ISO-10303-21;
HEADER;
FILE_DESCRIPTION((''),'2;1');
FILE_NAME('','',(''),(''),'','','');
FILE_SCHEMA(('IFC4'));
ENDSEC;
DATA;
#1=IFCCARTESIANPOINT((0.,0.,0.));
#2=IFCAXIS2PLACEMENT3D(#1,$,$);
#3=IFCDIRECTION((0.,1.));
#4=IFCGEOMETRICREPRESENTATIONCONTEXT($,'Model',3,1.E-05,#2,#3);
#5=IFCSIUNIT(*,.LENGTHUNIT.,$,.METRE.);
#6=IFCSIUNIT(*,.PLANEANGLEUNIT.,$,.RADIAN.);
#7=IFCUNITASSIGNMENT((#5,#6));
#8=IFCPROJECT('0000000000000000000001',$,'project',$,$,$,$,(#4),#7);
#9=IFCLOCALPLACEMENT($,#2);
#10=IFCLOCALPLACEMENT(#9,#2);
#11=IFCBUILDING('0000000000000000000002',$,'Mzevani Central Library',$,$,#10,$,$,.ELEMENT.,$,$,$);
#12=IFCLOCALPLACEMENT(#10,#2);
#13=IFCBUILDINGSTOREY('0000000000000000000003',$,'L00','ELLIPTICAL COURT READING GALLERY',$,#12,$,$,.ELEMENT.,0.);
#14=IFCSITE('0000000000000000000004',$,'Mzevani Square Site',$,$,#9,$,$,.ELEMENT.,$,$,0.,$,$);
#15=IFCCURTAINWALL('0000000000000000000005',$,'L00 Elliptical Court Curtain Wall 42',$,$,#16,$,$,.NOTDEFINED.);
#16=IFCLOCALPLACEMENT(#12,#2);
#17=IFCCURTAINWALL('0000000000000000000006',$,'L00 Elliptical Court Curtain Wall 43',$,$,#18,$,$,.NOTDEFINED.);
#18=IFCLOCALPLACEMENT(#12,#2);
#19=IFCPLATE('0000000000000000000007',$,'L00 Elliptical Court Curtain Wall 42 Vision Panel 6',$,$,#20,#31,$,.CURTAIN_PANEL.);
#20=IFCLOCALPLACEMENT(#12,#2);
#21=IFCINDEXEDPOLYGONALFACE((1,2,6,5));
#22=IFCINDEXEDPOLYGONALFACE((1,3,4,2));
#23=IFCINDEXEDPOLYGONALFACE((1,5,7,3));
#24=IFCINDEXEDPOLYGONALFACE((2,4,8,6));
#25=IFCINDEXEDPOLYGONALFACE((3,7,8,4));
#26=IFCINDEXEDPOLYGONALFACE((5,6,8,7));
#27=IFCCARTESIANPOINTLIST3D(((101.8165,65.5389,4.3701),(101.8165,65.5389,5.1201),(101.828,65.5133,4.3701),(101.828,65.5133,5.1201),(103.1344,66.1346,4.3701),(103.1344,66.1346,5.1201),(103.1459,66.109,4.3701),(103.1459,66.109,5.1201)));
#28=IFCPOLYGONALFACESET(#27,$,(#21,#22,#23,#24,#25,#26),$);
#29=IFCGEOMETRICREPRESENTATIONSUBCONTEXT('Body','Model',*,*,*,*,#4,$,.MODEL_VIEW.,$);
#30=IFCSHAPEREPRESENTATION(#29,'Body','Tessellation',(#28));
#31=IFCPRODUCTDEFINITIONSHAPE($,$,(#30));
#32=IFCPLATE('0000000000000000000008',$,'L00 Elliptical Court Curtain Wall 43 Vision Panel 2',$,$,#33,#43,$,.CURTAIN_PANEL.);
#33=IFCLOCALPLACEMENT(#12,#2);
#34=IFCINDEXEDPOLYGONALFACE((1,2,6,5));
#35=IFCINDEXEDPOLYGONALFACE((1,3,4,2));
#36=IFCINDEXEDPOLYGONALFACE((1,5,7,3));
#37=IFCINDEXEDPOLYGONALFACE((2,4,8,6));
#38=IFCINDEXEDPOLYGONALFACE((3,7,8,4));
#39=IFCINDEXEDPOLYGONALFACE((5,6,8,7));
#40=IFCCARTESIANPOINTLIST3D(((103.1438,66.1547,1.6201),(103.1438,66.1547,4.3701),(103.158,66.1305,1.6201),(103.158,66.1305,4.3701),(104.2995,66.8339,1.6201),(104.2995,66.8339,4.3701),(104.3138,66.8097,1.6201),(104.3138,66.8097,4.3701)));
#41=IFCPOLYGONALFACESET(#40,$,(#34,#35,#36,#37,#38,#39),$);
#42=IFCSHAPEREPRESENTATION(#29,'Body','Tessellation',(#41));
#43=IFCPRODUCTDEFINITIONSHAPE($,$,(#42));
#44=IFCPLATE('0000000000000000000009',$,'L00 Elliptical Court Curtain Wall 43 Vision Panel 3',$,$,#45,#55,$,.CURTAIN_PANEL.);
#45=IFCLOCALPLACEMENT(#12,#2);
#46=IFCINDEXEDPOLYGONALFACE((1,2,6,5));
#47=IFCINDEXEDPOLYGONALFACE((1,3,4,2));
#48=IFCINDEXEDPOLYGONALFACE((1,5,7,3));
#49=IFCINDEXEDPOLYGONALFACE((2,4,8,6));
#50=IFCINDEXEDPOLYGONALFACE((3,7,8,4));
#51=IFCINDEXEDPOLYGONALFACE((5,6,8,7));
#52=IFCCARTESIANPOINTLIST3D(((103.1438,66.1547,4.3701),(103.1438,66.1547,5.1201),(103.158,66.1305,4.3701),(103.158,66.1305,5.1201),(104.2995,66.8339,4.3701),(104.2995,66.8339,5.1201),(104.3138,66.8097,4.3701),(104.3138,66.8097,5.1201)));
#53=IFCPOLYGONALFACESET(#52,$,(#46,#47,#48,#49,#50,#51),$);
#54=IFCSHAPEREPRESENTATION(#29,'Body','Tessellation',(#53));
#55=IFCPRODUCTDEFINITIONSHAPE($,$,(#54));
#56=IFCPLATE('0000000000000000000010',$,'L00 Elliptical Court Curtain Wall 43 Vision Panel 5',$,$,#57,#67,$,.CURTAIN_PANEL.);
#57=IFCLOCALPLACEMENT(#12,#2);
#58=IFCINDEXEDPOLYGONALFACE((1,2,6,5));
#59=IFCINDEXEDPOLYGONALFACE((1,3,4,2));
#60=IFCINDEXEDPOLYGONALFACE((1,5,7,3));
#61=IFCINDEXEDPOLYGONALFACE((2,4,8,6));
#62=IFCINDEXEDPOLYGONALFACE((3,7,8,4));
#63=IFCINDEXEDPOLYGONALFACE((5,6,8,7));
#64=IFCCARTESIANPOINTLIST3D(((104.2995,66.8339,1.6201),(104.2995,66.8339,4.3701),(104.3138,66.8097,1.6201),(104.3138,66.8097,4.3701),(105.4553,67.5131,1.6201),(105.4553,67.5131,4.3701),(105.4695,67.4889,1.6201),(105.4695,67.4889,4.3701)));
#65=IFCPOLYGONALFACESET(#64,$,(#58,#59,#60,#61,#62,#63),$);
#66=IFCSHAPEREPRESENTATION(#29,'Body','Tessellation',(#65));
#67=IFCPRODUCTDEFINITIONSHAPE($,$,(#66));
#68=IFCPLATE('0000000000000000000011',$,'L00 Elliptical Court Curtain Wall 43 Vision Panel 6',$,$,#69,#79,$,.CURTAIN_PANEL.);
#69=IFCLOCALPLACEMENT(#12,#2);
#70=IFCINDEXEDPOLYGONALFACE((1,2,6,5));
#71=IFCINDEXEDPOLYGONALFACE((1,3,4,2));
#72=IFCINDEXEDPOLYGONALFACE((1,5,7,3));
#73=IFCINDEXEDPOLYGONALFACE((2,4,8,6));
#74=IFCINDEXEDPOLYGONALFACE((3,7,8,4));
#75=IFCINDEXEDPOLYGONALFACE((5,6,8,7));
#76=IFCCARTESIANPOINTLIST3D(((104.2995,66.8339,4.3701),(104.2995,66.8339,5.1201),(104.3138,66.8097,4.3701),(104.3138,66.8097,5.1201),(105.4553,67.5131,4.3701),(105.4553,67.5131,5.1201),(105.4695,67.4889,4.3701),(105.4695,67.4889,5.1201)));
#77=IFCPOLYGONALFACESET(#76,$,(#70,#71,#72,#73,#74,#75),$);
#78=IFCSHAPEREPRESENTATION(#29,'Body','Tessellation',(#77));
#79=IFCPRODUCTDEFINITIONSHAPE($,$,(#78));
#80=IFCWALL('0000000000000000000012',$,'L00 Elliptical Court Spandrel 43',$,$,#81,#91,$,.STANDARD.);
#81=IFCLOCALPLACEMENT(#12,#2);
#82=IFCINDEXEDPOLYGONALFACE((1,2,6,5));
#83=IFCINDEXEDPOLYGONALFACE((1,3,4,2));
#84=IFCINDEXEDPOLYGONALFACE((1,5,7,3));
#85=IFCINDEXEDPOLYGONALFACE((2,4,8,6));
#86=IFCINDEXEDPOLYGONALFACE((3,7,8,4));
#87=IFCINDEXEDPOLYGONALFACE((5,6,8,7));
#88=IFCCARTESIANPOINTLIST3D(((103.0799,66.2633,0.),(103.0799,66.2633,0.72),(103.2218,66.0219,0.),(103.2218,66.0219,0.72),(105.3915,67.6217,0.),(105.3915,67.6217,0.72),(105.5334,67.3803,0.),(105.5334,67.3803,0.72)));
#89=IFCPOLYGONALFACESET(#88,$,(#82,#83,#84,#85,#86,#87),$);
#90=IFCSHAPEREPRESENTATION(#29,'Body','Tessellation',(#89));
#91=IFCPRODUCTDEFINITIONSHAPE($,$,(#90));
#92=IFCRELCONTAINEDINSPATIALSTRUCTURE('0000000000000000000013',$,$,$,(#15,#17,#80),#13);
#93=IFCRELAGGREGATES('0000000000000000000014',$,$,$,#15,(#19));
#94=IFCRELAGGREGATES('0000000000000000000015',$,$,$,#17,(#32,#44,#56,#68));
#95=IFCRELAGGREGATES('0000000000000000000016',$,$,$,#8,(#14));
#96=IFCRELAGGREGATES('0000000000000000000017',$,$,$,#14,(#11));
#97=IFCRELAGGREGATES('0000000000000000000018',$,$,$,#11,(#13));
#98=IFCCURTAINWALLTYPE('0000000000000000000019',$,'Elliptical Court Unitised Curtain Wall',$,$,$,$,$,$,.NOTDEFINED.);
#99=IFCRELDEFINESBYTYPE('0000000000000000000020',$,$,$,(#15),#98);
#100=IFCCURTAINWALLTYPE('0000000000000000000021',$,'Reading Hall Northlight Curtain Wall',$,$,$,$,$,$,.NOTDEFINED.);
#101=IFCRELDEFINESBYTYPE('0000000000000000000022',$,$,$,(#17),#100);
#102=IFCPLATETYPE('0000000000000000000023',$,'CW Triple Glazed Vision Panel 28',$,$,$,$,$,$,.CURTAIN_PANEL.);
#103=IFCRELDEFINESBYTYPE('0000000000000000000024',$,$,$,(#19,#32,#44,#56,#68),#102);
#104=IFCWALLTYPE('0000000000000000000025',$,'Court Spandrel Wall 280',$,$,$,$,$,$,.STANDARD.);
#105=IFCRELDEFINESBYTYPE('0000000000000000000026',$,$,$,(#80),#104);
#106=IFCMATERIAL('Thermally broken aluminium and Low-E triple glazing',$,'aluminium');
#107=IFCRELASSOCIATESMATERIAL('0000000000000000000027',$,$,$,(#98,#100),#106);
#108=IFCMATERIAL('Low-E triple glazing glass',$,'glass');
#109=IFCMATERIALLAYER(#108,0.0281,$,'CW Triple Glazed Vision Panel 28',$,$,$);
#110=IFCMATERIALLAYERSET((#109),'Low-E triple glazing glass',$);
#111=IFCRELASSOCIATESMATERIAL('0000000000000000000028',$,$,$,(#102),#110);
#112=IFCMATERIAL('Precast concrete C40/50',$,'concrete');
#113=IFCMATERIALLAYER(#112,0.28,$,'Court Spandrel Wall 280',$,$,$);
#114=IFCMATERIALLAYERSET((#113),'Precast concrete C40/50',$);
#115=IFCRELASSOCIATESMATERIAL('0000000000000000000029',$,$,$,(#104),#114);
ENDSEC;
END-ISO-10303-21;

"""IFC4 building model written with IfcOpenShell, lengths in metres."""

from ifc_helpers import new_model, si_unit, direction, frame, frame_2d, origin, origin_2d, place, context, subcontext, project, spatial, rectangle, extrude, material, layer, layer_set, type_object, element, aggregate, save


model = new_model("IFC4")

# Units and contexts
model_context = context("Model", 3, precision=1e-05, world=origin(), true_north=direction((0.0, 1.0)))
body_context = subcontext(model_context, "Body", "Model", "MODEL_VIEW")
ifc_project = project(units=[si_unit("LENGTHUNIT", "METRE"), si_unit("PLANEANGLEUNIT", "RADIAN")], contexts=[model_context])

# Site, building, storey
site_placement = place(None, origin())
site = spatial("IfcSite", under=ifc_project, at=site_placement, Name="Mzevani Square Site", CompositionType="ELEMENT", RefElevation=0.0)
building_placement = place(site_placement, origin())
building = spatial("IfcBuilding", under=site, at=building_placement, Name="Mzevani Central Library", CompositionType="ELEMENT")
storey_placement = place(building_placement, origin())
storey = spatial("IfcBuildingStorey", under=building, at=storey_placement, Name="L00", Description="ELLIPTICAL COURT READING GALLERY", CompositionType="ELEMENT", Elevation=0.0)

# Curtain walls
ifc_material_1 = material(Name="Thermally broken aluminium and Low-E triple glazing", Category="aluminium")
curtain_wall_type_1 = type_object("IfcCurtainWallType", Name="Elliptical Court Unitised Curtain Wall", PredefinedType="NOTDEFINED", material=ifc_material_1)
curtain_wall_1_placement = place(storey_placement, origin())
curtain_wall_1 = element("IfcCurtainWall", 1, at=curtain_wall_1_placement, inside=storey, type_object=curtain_wall_type_1, Name="L00 Elliptical Court Curtain Wall 42", PredefinedType="NOTDEFINED")
curtain_wall_type_2 = type_object("IfcCurtainWallType", Name="Reading Hall Northlight Curtain Wall", PredefinedType="NOTDEFINED", material=ifc_material_1)
curtain_wall_2_placement = place(storey_placement, origin())
curtain_wall_2 = element("IfcCurtainWall", 2, at=curtain_wall_2_placement, inside=storey, type_object=curtain_wall_type_2, Name="L00 Elliptical Court Curtain Wall 43", PredefinedType="NOTDEFINED")

# Plates
ifc_material_2 = material(Name="Low-E triple glazing glass", Category="glass")
ifc_layer_1 = layer(ifc_material_2, 0.0281, Name="CW Triple Glazed Vision Panel 28")
ifc_layer_set_1 = layer_set([ifc_layer_1], Name="Low-E triple glazing glass")
plate_type_1 = type_object("IfcPlateType", Name="CW Triple Glazed Vision Panel 28", PredefinedType="CURTAIN_PANEL", material=ifc_layer_set_1)
plate_1_placement = place(storey_placement, frame((102.4812, 65.824, 4.3701), z_axis=(0.0, 0.0, 1.0), x_axis=(0.911237, 0.411882, 0.0)))
plate_1 = element("IfcPlate", 3, at=plate_1_placement, type_object=plate_type_1, Name="L00 Elliptical Court Curtain Wall 42 Vision Panel 6", PredefinedType="CURTAIN_PANEL", context=body_context, shape_type="SweptSolid", body=[
    extrude(rectangle(XDim=1.4463, YDim=0.0281, at=origin_2d()), origin(), (0.0, 0.0, 1.0), 0.75),
])
aggregate(curtain_wall_1, [plate_1])
plate_2_placement = place(storey_placement, frame((103.7288, 66.4822, 1.6201), z_axis=(0.0, 0.0, 1.0), x_axis=(0.862137, 0.506675, 0.0)))
plate_2 = element("IfcPlate", 4, at=plate_2_placement, type_object=plate_type_1, Name="L00 Elliptical Court Curtain Wall 43 Vision Panel 2", PredefinedType="CURTAIN_PANEL", context=body_context, shape_type="SweptSolid", body=[
    extrude(rectangle(XDim=1.3406, YDim=0.0281, at=origin_2d()), origin(), (0.0, 0.0, 1.0), 2.75),
])
plate_3_placement = place(storey_placement, frame((103.7288, 66.4822, 4.3701), z_axis=(0.0, 0.0, 1.0), x_axis=(0.862137, 0.506675, 0.0)))
plate_3 = element("IfcPlate", 5, at=plate_3_placement, type_object=plate_type_1, Name="L00 Elliptical Court Curtain Wall 43 Vision Panel 3", PredefinedType="CURTAIN_PANEL", context=body_context, shape_type="SweptSolid", body=[
    extrude(rectangle(XDim=1.3406, YDim=0.0281, at=origin_2d()), origin(), (0.0, 0.0, 1.0), 0.75),
])
plate_4_placement = place(storey_placement, frame((104.8845, 67.1614, 1.6201), z_axis=(0.0, 0.0, 1.0), x_axis=(0.862137, 0.506675, 0.0)))
plate_4 = element("IfcPlate", 6, at=plate_4_placement, type_object=plate_type_1, Name="L00 Elliptical Court Curtain Wall 43 Vision Panel 5", PredefinedType="CURTAIN_PANEL", context=body_context, shape_type="SweptSolid", body=[
    extrude(rectangle(XDim=1.3406, YDim=0.0281, at=origin_2d()), origin(), (0.0, 0.0, 1.0), 2.75),
])
plate_5_placement = place(storey_placement, frame((104.8845, 67.1614, 4.3701), z_axis=(0.0, 0.0, 1.0), x_axis=(0.862137, 0.506675, 0.0)))
plate_5 = element("IfcPlate", 7, at=plate_5_placement, type_object=plate_type_1, Name="L00 Elliptical Court Curtain Wall 43 Vision Panel 6", PredefinedType="CURTAIN_PANEL", context=body_context, shape_type="SweptSolid", body=[
    extrude(rectangle(XDim=1.3406, YDim=0.0281, at=origin_2d()), origin(), (0.0, 0.0, 1.0), 0.75),
])
aggregate(curtain_wall_2, [plate_2, plate_3, plate_4, plate_5])

# Wall
ifc_material_3 = material(Name="Precast concrete C40/50", Category="concrete")
ifc_layer_2 = layer(ifc_material_3, 0.28, Name="Court Spandrel Wall 280")
ifc_layer_set_2 = layer_set([ifc_layer_2], Name="Precast concrete C40/50")
wall_type = type_object("IfcWallType", Name="Court Spandrel Wall 280", PredefinedType="STANDARD", material=ifc_layer_set_2)
wall_placement = place(storey_placement, frame((103.1509, 66.1426, 0.0), z_axis=(0.0, 0.0, 1.0), x_axis=(0.862149, 0.506654, 0.0)))
element("IfcWall", 8, at=wall_placement, inside=storey, type_object=wall_type, Name="L00 Elliptical Court Spandrel 43", PredefinedType="STANDARD", context=body_context, shape_type="SweptSolid", body=[
    extrude(rectangle(XDim=2.6812, YDim=0.28, at=frame_2d((1.3406, 0.0))), origin(), (0.0, 0.0, 1.0), 0.72),
])

save(model, "model.ifc")
